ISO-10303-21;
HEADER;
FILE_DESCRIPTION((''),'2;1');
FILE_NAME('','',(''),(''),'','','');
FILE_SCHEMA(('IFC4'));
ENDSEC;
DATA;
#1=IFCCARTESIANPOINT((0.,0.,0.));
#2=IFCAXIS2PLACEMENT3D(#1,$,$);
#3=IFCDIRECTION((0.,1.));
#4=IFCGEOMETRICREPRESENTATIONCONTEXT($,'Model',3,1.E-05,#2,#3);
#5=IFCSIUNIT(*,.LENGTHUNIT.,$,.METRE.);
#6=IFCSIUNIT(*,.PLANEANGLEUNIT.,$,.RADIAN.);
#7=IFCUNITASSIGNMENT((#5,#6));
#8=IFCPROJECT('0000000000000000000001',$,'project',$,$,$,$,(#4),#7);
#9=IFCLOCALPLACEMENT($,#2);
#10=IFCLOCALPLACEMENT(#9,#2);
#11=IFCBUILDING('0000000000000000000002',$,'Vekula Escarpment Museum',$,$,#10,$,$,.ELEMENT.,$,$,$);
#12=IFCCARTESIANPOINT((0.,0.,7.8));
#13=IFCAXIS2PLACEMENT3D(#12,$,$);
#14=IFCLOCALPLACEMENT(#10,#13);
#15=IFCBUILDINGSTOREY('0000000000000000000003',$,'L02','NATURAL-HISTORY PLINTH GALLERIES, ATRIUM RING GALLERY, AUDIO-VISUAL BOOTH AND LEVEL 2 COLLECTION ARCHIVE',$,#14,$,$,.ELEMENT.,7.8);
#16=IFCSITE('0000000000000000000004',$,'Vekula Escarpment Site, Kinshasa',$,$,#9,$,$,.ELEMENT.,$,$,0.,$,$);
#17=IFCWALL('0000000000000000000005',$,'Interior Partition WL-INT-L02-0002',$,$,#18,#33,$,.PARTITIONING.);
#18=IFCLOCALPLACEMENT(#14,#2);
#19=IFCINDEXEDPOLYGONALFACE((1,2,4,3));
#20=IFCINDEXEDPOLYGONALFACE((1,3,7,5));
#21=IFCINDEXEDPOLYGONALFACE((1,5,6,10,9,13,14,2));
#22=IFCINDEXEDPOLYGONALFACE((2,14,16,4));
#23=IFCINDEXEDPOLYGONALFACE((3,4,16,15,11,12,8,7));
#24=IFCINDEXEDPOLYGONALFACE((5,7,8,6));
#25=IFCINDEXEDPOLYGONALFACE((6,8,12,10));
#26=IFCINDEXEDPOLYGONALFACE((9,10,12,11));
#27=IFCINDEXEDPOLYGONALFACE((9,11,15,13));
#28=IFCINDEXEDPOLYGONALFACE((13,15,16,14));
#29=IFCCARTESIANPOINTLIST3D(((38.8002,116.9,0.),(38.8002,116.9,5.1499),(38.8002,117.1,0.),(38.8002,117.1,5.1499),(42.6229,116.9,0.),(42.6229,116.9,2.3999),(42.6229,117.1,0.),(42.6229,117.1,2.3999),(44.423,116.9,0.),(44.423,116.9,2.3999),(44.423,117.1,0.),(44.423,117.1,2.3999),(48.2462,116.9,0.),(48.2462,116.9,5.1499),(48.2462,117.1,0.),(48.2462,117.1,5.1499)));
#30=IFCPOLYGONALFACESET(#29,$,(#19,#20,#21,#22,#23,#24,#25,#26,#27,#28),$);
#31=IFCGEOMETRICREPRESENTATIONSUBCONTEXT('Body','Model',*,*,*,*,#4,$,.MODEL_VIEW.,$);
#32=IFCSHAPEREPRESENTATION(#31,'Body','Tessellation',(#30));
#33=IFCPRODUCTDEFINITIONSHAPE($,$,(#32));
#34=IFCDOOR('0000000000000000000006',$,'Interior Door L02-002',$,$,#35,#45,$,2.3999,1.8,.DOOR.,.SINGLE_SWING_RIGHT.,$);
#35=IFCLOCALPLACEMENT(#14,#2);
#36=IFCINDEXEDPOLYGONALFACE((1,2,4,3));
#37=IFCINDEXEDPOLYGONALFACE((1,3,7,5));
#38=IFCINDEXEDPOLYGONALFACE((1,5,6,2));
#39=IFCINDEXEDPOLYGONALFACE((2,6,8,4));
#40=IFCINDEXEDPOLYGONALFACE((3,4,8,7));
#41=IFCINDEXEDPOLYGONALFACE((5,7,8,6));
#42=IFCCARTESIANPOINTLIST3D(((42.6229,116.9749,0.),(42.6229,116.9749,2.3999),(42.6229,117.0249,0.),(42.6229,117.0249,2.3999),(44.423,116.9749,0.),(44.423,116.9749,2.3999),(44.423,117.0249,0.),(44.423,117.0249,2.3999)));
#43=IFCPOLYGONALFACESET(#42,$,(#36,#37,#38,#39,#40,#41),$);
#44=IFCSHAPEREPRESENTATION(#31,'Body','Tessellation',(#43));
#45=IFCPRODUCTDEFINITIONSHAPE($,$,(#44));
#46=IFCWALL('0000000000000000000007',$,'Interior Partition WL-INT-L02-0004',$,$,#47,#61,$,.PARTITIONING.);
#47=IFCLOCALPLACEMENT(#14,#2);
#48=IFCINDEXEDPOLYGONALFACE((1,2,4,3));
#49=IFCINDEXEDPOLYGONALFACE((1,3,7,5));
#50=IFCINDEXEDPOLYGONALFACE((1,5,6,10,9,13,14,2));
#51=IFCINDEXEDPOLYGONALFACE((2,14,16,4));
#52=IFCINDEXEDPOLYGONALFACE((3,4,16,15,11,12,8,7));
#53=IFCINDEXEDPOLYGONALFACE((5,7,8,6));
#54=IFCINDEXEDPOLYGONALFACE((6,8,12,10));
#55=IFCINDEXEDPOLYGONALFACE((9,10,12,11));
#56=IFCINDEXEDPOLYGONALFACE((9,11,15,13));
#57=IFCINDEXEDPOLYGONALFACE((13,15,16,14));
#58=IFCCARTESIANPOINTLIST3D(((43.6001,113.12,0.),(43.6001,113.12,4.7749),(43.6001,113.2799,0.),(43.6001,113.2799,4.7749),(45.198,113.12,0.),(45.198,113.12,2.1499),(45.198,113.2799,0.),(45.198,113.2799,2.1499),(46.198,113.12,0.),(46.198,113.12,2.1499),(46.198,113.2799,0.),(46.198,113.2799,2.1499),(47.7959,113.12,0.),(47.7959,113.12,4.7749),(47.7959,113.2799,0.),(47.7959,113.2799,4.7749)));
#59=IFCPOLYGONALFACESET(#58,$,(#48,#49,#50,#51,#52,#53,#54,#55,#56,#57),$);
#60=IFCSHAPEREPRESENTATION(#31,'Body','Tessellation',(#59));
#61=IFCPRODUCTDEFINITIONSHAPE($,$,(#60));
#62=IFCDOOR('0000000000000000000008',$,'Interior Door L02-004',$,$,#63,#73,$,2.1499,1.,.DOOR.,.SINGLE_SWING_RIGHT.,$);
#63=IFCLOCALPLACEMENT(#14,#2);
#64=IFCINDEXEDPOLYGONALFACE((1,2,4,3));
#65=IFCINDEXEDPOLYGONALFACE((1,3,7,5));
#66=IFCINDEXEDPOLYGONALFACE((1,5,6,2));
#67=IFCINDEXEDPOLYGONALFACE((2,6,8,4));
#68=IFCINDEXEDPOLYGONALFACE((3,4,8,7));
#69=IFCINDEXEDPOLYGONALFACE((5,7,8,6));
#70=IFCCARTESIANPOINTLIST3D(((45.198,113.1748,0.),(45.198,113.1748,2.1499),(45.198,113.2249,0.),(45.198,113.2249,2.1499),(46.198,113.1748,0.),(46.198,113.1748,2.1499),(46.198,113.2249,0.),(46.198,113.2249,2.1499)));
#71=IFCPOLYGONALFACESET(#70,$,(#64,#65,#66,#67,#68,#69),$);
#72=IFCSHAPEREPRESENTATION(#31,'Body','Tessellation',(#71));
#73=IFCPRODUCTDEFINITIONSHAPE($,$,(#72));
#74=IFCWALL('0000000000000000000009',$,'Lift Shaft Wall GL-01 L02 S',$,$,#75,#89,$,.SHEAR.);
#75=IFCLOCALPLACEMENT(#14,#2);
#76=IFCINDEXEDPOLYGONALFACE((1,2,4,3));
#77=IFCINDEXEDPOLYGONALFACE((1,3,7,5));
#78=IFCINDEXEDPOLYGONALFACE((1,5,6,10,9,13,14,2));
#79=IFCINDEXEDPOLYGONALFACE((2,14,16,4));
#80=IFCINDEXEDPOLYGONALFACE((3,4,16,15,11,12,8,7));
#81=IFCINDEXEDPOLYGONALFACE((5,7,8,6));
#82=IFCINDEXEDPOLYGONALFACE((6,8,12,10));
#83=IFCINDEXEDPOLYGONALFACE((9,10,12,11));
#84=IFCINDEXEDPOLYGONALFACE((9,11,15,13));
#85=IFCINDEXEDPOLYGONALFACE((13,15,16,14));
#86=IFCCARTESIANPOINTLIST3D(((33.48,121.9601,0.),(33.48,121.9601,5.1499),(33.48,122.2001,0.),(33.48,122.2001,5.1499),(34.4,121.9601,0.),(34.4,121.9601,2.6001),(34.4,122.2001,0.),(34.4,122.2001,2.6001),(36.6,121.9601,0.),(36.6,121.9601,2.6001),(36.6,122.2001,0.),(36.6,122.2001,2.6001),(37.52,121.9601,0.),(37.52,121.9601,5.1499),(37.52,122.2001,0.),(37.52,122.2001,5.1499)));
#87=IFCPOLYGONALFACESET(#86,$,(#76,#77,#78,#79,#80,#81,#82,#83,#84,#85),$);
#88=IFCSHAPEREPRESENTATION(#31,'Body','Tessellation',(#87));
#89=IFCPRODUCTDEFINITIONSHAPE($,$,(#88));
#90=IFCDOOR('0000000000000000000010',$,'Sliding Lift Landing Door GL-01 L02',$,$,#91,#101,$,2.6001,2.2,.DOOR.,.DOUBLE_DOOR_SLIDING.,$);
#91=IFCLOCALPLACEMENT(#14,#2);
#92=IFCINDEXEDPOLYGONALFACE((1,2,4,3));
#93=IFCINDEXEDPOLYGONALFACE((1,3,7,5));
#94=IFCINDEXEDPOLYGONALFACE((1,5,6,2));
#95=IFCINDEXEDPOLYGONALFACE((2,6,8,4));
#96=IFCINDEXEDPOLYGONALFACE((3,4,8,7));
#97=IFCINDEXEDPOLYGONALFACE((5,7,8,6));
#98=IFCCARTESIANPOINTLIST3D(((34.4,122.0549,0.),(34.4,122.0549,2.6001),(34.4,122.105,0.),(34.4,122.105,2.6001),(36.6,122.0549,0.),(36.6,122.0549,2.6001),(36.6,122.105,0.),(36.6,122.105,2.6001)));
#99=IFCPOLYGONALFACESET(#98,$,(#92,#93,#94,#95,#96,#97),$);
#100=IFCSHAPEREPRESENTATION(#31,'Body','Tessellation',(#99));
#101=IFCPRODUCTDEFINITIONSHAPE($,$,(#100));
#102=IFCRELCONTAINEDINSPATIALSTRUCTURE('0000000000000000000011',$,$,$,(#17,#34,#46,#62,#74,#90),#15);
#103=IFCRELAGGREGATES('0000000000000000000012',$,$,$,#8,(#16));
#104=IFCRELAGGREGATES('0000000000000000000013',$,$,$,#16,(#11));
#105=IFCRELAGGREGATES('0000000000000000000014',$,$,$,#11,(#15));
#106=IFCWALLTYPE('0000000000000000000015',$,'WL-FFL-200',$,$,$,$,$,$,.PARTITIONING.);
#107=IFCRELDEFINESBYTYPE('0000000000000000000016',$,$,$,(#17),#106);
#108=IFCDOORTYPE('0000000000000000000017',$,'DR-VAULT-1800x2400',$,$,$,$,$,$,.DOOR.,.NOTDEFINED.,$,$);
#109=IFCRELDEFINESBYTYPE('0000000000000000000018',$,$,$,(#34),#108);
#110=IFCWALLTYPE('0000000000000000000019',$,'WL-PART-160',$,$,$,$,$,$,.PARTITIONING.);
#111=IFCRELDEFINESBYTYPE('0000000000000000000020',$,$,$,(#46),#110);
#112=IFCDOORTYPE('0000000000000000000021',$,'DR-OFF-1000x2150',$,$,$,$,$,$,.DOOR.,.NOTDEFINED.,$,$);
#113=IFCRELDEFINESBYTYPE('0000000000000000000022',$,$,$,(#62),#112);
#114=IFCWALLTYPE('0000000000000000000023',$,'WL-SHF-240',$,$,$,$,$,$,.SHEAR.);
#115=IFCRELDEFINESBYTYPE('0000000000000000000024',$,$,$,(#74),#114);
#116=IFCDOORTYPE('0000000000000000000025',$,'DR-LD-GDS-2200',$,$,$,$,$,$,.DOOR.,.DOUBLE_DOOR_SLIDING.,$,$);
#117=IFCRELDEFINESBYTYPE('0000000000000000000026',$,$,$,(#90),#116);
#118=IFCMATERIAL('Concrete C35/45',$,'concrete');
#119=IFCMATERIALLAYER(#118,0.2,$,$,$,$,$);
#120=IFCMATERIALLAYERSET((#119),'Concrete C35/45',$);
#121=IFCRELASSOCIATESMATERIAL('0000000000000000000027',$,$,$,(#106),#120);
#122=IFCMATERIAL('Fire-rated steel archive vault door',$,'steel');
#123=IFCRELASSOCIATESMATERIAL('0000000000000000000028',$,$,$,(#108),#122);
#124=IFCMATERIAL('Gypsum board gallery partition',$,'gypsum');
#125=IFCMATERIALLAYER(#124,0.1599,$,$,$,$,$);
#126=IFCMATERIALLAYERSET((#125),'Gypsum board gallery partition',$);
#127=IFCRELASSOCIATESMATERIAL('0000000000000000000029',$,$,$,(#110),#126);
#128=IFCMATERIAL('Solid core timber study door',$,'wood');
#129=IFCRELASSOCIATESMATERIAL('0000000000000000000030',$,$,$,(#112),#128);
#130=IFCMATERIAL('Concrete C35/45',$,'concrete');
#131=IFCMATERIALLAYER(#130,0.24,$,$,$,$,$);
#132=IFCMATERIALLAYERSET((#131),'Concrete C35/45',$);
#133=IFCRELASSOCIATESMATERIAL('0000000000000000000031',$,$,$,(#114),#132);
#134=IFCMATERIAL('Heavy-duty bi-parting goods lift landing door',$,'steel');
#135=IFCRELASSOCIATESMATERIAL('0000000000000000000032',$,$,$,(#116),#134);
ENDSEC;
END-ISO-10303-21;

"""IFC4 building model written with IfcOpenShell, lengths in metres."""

from ifc_helpers import new_model, si_unit, direction, frame, frame_2d, origin, place, context, subcontext, project, spatial, rectangle, extrude, material, layer, layer_set, type_object, element, fill, save


model = new_model("IFC4")

# Units and contexts
model_context = context("Model", 3, precision=1e-05, world=origin(), true_north=direction((0.0, 1.0)))
body_context = subcontext(model_context, "Body", "Model", "MODEL_VIEW")
ifc_project = project(units=[si_unit("LENGTHUNIT", "METRE"), si_unit("PLANEANGLEUNIT", "RADIAN")], contexts=[model_context])

# Site, building, storey
site_placement = place(None, origin())
site = spatial("IfcSite", under=ifc_project, at=site_placement, Name="Vekula Escarpment Site, Kinshasa", CompositionType="ELEMENT", RefElevation=0.0)
building_placement = place(site_placement, origin())
building = spatial("IfcBuilding", under=site, at=building_placement, Name="Vekula Escarpment Museum", CompositionType="ELEMENT")
storey_placement = place(building_placement, frame((0.0, 0.0, 7.8)))
storey = spatial("IfcBuildingStorey", under=building, at=storey_placement, Name="L02", Description="NATURAL-HISTORY PLINTH GALLERIES, ATRIUM RING GALLERY, AUDIO-VISUAL BOOTH AND LEVEL 2 COLLECTION ARCHIVE", CompositionType="ELEMENT", Elevation=7.8)

# Shared definitions
ifc_material_1 = material(Name="Concrete C35/45", Category="concrete")
ifc_layer_1 = layer(ifc_material_1, 0.2)
ifc_layer_set_1 = layer_set([ifc_layer_1], Name="Concrete C35/45")
wall_type_1 = type_object("IfcWallType", Name="WL-FFL-200", PredefinedType="PARTITIONING", material=ifc_layer_set_1)

# Walls, openings, doors
wall_1_placement = place(storey_placement, frame((38.8, 117.0, 0.0), z_axis=(0.0, 0.0, 1.0), x_axis=(1.0, 0.0, 0.0)))
wall_1 = element("IfcWall", 1, at=wall_1_placement, inside=storey, type_object=wall_type_1, Name="Interior Partition WL-INT-L02-0002", PredefinedType="PARTITIONING", context=body_context, shape_type="SweptSolid", body=[
    extrude(rectangle(XDim=9.446, YDim=0.2, at=frame_2d((4.7231, 0.0))), origin(), (0.0, 0.0, 1.0), 5.1499),
])
opening_1_placement = place(wall_1_placement, frame((3.823, 0.0, 0.0)))
opening_1 = element("IfcOpeningElement", 2, at=opening_1_placement, cuts=wall_1, PredefinedType="OPENING", context=body_context, shape_type="SweptSolid", body=[
    extrude(rectangle(XDim=1.8, YDim=2.3999, at=frame_2d((0.8999, 1.2))), frame((0.0, 0.1099, 0.0), z_axis=(0.0, -1.0, 0.0), x_axis=(1.0, 0.0, 0.0)), (0.0, 0.0, 1.0), 0.22),
])
ifc_material_2 = material(Name="Fire-rated steel archive vault door", Category="steel")
door_type_1 = type_object("IfcDoorType", Name="DR-VAULT-1800x2400", OperationType="NOTDEFINED", PredefinedType="DOOR", material=ifc_material_2)
door_1_placement = place(opening_1_placement, origin())
door_1 = element("IfcDoor", 3, at=door_1_placement, inside=storey, type_object=door_type_1, Name="Interior Door L02-002", OperationType="SINGLE_SWING_RIGHT", OverallHeight=2.3999, OverallWidth=1.8, PredefinedType="DOOR", context=body_context, shape_type="SweptSolid", body=[
    extrude(rectangle(XDim=1.8, YDim=2.3999, at=frame_2d((0.8999, 1.2))), frame((0.0, 0.0249, 0.0), z_axis=(0.0, -1.0, 0.0), x_axis=(1.0, 0.0, 0.0)), (0.0, 0.0, 1.0), 0.05),
])
fill(opening_1, door_1)
ifc_material_3 = material(Name="Gypsum board gallery partition", Category="gypsum")
ifc_layer_2 = layer(ifc_material_3, 0.1599)
ifc_layer_set_2 = layer_set([ifc_layer_2], Name="Gypsum board gallery partition")
wall_type_2 = type_object("IfcWallType", Name="WL-PART-160", PredefinedType="PARTITIONING", material=ifc_layer_set_2)
wall_2_placement = place(storey_placement, frame((43.6001, 113.2, 0.0), z_axis=(0.0, 0.0, 1.0), x_axis=(1.0, 0.0, 0.0)))
wall_2 = element("IfcWall", 4, at=wall_2_placement, inside=storey, type_object=wall_type_2, Name="Interior Partition WL-INT-L02-0004", PredefinedType="PARTITIONING", context=body_context, shape_type="SweptSolid", body=[
    extrude(rectangle(XDim=4.1958, YDim=0.1599, at=frame_2d((2.0979, 0.0))), origin(), (0.0, 0.0, 1.0), 4.7749),
])
opening_2_placement = place(wall_2_placement, frame((1.5979, 0.0, 0.0)))
opening_2 = element("IfcOpeningElement", 5, at=opening_2_placement, cuts=wall_2, PredefinedType="OPENING", context=body_context, shape_type="SweptSolid", body=[
    extrude(rectangle(XDim=1.0, YDim=2.1499, at=frame_2d((0.5, 1.075))), frame((0.0, 0.0898, 0.0), z_axis=(0.0, -1.0, 0.0), x_axis=(1.0, 0.0, 0.0)), (0.0, 0.0, 1.0), 0.1799),
])
ifc_material_4 = material(Name="Solid core timber study door", Category="wood")
door_type_2 = type_object("IfcDoorType", Name="DR-OFF-1000x2150", OperationType="NOTDEFINED", PredefinedType="DOOR", material=ifc_material_4)
door_2_placement = place(opening_2_placement, origin())
door_2 = element("IfcDoor", 6, at=door_2_placement, inside=storey, type_object=door_type_2, Name="Interior Door L02-004", OperationType="SINGLE_SWING_RIGHT", OverallHeight=2.1499, OverallWidth=1.0, PredefinedType="DOOR", context=body_context, shape_type="SweptSolid", body=[
    extrude(rectangle(XDim=1.0, YDim=2.1499, at=frame_2d((0.5, 1.075))), frame((0.0, 0.0249, 0.0), z_axis=(0.0, -1.0, 0.0), x_axis=(1.0, 0.0, 0.0)), (0.0, 0.0, 1.0), 0.05),
])
fill(opening_2, door_2)
ifc_material_5 = material(Name="Concrete C35/45", Category="concrete")
ifc_layer_3 = layer(ifc_material_5, 0.24)
ifc_layer_set_3 = layer_set([ifc_layer_3], Name="Concrete C35/45")
wall_type_3 = type_object("IfcWallType", Name="WL-SHF-240", PredefinedType="SHEAR", material=ifc_layer_set_3)
wall_3_placement = place(storey_placement, frame((33.48, 122.0801, 0.0), z_axis=(0.0, 0.0, 1.0), x_axis=(1.0, 0.0, 0.0)))
wall_3 = element("IfcWall", 7, at=wall_3_placement, inside=storey, type_object=wall_type_3, Name="Lift Shaft Wall GL-01 L02 S", PredefinedType="SHEAR", context=body_context, shape_type="SweptSolid", body=[
    extrude(rectangle(XDim=4.04, YDim=0.24, at=frame_2d((2.02, 0.0))), origin(), (0.0, 0.0, 1.0), 5.1499),
])
opening_3_placement = place(wall_3_placement, frame((0.9199, 0.0, 0.0)))
opening_3 = element("IfcOpeningElement", 8, at=opening_3_placement, cuts=wall_3, PredefinedType="OPENING", context=body_context, shape_type="SweptSolid", body=[
    extrude(rectangle(XDim=2.2, YDim=2.6001, at=frame_2d((1.1001, 1.3))), frame((0.0, 0.1299, 0.0), z_axis=(0.0, -1.0, 0.0), x_axis=(1.0, 0.0, 0.0)), (0.0, 0.0, 1.0), 0.26),
])
ifc_material_6 = material(Name="Heavy-duty bi-parting goods lift landing door", Category="steel")
door_type_3 = type_object("IfcDoorType", Name="DR-LD-GDS-2200", OperationType="DOUBLE_DOOR_SLIDING", PredefinedType="DOOR", material=ifc_material_6)
door_3_placement = place(opening_3_placement, origin())
door_3 = element("IfcDoor", 9, at=door_3_placement, inside=storey, type_object=door_type_3, Name="Sliding Lift Landing Door GL-01 L02", OperationType="DOUBLE_DOOR_SLIDING", OverallHeight=2.6001, OverallWidth=2.2, PredefinedType="DOOR", context=body_context, shape_type="SweptSolid", body=[
    extrude(rectangle(XDim=2.2, YDim=2.6001, at=frame_2d((1.1001, 1.3))), frame((0.0, 0.0249, 0.0), z_axis=(0.0, -1.0, 0.0), x_axis=(1.0, 0.0, 0.0)), (0.0, 0.0, 1.0), 0.05),
])
fill(opening_3, door_3)

save(model, "model.ifc")
